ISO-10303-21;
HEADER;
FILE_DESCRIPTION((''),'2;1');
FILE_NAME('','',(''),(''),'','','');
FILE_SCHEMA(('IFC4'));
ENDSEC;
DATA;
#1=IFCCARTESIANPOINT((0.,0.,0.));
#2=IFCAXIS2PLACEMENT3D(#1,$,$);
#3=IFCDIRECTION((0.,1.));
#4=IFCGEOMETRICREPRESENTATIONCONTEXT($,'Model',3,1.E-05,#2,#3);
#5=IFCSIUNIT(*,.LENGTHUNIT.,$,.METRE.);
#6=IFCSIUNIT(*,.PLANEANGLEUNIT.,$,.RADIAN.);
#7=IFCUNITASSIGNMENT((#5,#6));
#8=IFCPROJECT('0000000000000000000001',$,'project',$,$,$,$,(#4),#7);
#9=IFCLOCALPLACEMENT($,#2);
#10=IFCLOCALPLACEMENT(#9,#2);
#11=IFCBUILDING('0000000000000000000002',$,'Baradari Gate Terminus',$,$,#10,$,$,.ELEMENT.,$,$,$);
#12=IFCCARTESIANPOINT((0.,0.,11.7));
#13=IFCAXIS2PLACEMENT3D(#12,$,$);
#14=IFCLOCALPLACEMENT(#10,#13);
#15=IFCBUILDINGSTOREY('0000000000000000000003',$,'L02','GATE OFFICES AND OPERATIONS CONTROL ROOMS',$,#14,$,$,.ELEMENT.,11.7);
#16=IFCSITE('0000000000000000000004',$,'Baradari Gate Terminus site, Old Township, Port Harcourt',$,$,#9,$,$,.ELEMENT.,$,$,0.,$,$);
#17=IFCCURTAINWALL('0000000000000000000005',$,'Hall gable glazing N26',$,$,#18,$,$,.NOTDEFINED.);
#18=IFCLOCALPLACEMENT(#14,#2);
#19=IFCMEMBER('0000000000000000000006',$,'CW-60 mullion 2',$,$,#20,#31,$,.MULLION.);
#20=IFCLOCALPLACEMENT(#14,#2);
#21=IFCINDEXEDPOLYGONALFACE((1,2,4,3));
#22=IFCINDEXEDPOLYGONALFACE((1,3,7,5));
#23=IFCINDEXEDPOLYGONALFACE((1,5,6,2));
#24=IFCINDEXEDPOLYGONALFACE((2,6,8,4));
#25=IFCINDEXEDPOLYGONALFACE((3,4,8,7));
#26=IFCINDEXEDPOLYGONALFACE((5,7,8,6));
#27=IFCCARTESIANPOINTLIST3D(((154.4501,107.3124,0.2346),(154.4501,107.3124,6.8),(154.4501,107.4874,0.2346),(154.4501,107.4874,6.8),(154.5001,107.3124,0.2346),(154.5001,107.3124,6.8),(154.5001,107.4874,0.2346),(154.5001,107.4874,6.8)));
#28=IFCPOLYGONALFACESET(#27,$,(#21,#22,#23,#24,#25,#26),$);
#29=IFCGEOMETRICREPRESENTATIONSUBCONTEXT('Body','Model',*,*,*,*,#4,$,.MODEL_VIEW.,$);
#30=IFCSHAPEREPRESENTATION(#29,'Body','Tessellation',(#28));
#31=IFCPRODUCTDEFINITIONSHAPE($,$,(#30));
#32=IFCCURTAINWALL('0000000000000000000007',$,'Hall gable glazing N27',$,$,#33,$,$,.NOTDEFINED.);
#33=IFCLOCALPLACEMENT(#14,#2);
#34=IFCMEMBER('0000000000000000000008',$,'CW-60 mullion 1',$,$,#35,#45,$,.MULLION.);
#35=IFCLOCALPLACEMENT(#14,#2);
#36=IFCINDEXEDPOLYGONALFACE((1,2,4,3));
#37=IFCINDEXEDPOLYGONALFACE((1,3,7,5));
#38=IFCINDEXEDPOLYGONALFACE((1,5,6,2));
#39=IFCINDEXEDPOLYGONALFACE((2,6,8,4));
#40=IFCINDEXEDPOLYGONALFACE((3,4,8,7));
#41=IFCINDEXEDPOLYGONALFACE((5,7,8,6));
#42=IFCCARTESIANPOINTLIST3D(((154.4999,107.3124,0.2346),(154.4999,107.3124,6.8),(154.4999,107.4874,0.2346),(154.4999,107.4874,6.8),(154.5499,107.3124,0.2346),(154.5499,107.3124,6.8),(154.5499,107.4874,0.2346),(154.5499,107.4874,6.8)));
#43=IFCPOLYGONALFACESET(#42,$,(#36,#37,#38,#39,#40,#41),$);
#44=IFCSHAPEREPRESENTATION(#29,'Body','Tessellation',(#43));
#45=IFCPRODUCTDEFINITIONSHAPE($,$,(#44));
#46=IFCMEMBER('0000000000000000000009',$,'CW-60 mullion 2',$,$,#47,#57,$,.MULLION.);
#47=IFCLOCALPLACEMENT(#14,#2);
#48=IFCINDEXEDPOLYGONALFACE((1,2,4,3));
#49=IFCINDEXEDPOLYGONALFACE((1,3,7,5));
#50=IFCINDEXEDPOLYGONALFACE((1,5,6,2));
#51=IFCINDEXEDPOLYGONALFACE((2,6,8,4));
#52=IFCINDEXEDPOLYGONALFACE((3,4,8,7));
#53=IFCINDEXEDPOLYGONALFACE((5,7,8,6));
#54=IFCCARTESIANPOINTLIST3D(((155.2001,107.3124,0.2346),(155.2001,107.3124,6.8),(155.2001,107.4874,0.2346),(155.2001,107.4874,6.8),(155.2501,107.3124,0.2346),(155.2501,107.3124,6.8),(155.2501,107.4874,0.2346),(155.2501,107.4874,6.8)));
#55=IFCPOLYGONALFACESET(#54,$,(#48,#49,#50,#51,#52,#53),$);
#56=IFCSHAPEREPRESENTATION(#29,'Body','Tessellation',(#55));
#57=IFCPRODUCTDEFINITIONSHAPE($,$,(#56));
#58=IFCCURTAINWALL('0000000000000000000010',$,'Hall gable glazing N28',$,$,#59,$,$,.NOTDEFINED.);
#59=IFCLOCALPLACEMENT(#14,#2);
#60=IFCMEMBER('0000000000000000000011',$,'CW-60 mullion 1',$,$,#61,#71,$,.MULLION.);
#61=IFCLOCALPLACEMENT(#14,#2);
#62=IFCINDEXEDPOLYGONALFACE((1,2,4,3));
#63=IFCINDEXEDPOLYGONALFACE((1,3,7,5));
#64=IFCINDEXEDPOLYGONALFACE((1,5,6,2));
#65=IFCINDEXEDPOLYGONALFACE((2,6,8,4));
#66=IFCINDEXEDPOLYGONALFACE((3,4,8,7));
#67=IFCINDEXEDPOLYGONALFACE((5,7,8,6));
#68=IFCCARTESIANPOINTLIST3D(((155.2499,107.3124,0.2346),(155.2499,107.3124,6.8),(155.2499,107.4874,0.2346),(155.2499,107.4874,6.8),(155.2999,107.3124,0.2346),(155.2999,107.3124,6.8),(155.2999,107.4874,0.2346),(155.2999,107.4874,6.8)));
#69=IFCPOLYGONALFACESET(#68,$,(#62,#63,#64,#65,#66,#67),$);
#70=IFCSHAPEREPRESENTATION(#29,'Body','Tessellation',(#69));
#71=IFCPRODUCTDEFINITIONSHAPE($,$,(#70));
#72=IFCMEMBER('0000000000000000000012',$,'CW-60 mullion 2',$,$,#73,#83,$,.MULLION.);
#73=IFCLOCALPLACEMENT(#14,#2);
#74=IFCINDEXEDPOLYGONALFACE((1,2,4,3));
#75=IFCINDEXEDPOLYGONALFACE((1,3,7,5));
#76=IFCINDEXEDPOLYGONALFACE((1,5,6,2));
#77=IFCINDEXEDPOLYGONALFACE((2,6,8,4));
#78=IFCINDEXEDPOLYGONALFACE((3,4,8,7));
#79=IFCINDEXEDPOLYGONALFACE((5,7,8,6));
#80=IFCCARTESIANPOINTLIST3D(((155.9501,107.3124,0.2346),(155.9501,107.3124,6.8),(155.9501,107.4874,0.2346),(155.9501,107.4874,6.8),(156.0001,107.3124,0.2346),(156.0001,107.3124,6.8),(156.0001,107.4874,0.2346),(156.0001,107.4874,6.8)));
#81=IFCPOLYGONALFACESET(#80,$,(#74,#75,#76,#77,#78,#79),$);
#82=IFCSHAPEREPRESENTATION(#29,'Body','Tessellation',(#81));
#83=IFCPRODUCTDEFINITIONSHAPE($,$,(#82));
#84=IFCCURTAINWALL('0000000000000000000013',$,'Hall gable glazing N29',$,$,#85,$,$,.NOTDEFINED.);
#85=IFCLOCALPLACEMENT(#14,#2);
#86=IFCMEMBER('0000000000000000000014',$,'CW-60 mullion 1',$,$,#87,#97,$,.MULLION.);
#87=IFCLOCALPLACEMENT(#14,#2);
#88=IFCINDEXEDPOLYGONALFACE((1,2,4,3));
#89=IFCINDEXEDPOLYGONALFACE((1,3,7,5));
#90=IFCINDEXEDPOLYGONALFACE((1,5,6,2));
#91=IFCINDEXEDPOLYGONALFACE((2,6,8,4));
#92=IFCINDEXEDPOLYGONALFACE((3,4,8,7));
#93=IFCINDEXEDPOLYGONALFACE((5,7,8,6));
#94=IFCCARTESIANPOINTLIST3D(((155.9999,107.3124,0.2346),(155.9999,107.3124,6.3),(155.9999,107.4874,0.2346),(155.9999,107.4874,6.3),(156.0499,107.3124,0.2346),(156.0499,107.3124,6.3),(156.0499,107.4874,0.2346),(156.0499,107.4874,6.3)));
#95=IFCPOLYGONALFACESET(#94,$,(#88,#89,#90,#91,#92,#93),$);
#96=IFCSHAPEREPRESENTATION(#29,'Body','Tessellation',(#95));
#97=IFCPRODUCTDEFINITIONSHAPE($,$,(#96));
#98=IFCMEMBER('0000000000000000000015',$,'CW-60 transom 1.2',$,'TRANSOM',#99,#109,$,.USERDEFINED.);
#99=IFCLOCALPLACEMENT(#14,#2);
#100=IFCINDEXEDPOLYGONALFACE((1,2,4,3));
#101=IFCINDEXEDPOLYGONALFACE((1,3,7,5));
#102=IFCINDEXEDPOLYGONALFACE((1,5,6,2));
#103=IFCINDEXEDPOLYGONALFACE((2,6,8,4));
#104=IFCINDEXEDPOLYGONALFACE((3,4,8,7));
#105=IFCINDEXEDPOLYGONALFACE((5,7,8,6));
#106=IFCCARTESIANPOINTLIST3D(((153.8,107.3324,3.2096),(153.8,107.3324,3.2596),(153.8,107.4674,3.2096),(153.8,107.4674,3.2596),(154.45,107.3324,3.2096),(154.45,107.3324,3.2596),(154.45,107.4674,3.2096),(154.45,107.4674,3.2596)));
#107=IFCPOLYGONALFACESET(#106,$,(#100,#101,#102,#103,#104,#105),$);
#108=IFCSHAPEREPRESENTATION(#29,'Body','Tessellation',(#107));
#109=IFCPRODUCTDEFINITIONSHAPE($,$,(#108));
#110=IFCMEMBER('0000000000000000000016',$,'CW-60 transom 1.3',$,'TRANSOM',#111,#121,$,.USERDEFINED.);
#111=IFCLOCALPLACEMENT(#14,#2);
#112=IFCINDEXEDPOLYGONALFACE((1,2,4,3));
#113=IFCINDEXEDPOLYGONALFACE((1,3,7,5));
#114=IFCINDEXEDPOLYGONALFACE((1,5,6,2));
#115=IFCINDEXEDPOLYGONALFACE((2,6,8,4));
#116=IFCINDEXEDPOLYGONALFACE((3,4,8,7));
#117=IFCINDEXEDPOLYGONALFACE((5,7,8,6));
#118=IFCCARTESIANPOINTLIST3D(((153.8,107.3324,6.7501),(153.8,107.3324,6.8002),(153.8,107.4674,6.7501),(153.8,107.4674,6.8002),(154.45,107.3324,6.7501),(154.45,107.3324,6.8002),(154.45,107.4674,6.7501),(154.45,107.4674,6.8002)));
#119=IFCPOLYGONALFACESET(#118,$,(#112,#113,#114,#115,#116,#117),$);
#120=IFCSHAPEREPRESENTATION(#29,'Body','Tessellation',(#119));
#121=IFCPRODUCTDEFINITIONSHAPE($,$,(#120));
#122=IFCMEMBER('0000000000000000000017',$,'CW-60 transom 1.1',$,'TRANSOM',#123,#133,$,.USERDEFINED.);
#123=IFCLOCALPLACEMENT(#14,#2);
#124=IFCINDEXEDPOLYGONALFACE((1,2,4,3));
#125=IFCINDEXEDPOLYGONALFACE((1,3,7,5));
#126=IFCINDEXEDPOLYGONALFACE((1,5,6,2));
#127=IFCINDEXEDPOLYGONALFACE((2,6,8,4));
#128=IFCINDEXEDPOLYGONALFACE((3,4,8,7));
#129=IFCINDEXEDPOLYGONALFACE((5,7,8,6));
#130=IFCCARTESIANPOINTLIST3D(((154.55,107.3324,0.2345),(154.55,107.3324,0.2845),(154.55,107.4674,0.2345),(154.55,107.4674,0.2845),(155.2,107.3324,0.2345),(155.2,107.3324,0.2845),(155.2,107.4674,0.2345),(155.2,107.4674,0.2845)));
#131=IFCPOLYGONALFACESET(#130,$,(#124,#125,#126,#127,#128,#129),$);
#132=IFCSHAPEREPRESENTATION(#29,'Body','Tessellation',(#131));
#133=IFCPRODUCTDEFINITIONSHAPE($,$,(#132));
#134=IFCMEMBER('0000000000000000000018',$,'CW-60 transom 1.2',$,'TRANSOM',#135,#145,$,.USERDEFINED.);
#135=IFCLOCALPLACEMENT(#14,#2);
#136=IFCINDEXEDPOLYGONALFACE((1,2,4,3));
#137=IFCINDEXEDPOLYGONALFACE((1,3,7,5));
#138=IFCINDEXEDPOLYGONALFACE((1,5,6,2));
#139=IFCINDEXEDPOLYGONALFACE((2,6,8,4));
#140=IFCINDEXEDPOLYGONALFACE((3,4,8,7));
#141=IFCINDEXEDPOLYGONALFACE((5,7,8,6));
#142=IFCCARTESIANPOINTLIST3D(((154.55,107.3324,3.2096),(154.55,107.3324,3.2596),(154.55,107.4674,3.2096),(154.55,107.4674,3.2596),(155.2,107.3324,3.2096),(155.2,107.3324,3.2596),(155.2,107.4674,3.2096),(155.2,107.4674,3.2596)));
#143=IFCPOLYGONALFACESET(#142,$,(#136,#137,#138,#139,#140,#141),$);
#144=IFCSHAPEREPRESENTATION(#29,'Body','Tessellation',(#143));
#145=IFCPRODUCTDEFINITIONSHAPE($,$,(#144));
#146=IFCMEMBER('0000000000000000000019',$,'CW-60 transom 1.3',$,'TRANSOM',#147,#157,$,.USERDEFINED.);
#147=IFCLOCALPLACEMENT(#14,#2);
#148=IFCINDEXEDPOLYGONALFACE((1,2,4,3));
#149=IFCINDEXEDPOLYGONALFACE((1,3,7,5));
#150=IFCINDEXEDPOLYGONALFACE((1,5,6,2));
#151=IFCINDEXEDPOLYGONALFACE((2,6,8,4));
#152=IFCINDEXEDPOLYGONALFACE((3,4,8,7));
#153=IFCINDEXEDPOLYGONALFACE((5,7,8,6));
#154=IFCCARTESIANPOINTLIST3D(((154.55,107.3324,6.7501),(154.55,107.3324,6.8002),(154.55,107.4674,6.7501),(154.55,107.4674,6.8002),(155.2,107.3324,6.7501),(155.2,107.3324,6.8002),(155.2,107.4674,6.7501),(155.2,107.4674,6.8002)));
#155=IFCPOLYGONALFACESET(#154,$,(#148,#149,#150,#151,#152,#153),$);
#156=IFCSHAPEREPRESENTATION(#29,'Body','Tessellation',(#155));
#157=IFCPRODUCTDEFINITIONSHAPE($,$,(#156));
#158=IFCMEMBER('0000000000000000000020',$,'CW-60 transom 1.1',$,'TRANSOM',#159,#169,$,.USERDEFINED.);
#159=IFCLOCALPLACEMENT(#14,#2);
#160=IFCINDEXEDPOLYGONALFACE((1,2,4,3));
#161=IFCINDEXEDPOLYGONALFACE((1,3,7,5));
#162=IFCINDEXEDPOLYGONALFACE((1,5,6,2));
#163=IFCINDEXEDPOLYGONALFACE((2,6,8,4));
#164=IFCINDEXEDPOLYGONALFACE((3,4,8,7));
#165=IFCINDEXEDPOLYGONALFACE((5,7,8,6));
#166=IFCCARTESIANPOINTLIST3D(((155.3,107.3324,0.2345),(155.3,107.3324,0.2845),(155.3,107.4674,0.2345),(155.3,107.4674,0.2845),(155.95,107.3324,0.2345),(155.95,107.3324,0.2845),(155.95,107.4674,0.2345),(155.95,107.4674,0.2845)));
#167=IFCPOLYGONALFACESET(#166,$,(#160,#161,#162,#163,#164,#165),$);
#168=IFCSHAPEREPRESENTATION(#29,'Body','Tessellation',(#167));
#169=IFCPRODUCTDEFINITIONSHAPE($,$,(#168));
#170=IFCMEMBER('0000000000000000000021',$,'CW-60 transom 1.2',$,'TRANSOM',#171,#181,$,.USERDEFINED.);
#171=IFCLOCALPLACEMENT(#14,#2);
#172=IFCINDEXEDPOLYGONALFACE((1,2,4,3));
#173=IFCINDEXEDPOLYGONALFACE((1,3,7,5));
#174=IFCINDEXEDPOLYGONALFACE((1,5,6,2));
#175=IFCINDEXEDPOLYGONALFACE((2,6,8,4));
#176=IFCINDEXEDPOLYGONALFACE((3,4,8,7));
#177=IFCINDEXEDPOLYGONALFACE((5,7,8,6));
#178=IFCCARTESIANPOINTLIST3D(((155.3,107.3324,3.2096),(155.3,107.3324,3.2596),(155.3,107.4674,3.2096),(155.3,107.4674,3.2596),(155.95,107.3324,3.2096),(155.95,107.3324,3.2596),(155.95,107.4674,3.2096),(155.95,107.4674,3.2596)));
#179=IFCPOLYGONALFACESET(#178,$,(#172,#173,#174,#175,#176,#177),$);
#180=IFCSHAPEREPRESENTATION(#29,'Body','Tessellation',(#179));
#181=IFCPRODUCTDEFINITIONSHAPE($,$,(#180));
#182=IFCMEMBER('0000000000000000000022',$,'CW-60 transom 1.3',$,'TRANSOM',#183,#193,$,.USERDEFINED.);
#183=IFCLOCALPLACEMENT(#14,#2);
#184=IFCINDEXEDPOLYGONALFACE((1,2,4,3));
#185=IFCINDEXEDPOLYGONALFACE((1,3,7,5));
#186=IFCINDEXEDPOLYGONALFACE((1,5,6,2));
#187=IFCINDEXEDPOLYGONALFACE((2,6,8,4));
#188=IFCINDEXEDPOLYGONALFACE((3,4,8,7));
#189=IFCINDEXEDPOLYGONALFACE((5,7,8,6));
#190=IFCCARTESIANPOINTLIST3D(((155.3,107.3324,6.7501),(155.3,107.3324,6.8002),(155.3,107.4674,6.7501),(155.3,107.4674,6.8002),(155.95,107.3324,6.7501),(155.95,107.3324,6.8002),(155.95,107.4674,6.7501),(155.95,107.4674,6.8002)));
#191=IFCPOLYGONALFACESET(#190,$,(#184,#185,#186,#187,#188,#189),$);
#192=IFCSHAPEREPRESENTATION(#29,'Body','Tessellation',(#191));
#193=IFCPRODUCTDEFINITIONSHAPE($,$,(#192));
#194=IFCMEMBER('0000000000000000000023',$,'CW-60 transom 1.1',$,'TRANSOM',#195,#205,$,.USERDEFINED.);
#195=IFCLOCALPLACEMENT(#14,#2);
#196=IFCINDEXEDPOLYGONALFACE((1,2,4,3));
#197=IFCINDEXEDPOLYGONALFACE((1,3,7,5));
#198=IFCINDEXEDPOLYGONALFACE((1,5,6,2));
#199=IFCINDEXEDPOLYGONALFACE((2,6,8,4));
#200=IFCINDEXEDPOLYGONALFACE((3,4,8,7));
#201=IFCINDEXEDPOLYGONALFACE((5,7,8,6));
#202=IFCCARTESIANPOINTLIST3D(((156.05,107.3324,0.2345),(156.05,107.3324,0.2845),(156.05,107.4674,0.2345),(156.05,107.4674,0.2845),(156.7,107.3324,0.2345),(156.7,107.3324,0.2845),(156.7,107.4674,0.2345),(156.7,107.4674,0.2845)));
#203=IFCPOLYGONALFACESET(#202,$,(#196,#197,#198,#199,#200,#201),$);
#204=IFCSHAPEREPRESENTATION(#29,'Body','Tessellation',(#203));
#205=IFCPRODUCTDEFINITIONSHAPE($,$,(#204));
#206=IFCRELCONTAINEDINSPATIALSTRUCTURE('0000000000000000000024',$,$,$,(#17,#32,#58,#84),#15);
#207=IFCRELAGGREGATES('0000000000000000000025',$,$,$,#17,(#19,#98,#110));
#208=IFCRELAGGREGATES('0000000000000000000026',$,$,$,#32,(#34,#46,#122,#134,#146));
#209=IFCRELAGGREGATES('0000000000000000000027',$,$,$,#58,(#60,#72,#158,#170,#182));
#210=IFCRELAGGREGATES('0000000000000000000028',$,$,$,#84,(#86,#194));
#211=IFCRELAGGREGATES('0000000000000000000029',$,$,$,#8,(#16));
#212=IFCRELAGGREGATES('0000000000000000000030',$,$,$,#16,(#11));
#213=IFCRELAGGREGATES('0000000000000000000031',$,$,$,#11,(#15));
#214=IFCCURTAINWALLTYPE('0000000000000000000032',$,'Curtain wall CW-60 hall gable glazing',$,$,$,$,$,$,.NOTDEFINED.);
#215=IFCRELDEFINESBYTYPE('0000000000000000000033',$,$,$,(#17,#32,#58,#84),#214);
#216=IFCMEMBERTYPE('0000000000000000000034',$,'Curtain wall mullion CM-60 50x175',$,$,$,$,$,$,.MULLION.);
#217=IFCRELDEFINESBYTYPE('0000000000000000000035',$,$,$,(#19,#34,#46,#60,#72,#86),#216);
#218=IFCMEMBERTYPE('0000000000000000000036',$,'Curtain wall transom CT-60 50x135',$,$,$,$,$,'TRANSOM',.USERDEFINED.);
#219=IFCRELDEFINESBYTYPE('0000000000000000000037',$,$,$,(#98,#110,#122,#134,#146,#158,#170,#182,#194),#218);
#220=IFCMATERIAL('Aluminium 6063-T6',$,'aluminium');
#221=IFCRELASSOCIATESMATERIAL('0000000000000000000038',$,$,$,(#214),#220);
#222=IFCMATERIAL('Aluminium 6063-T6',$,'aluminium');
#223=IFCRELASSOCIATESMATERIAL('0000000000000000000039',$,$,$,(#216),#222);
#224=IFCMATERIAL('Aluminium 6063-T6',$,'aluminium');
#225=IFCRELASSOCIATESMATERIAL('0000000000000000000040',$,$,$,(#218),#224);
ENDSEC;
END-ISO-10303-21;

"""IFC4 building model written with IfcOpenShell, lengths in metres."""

from ifc_helpers import new_model, si_unit, direction, frame, origin, origin_2d, place, context, subcontext, project, spatial, rectangle, extrude, material, material_profile, profile_set, type_object, element, aggregate, save


model = new_model("IFC4")

# Units and contexts
model_context = context("Model", 3, precision=1e-05, world=origin(), true_north=direction((0.0, 1.0)))
body_context = subcontext(model_context, "Body", "Model", "MODEL_VIEW")
ifc_project = project(units=[si_unit("LENGTHUNIT", "METRE"), si_unit("PLANEANGLEUNIT", "RADIAN")], contexts=[model_context])

# Site, building, storey
site_placement = place(None, origin())
site = spatial("IfcSite", under=ifc_project, at=site_placement, Name="Baradari Gate Terminus site, Old Township, Port Harcourt", CompositionType="ELEMENT", RefElevation=0.0)
building_placement = place(site_placement, origin())
building = spatial("IfcBuilding", under=site, at=building_placement, Name="Baradari Gate Terminus", CompositionType="ELEMENT")
storey_placement = place(building_placement, frame((0.0, 0.0, 11.7)))
storey = spatial("IfcBuildingStorey", under=building, at=storey_placement, Name="L02", Description="GATE OFFICES AND OPERATIONS CONTROL ROOMS", CompositionType="ELEMENT", Elevation=11.7)

# Curtain wall, member
ifc_material_1 = material(Name="Aluminium 6063-T6", Category="aluminium")
curtain_wall_type = type_object("IfcCurtainWallType", Name="Curtain wall CW-60 hall gable glazing", PredefinedType="NOTDEFINED", material=ifc_material_1)
curtain_wall_1_placement = place(storey_placement, origin())
curtain_wall_1 = element("IfcCurtainWall", 1, at=curtain_wall_1_placement, inside=storey, type_object=curtain_wall_type, Name="Hall gable glazing N26", PredefinedType="NOTDEFINED")
ifc_material_2 = material(Name="Aluminium 6063-T6", Category="aluminium")
ifc_material_profile_1 = material_profile(ifc_material_2, rectangle(XDim=0.175, YDim=0.05, at=origin_2d()), Name="CM-60 50X175")
ifc_profile_set_1 = profile_set([ifc_material_profile_1], Name="Aluminium 6063-T6")
member_type_1 = type_object("IfcMemberType", Name="Curtain wall mullion CM-60 50x175", PredefinedType="MULLION", material=ifc_profile_set_1)
member_1_placement = place(storey_placement, frame((154.4751, 107.3999, 0.2346), z_axis=(0.0, 0.0, 1.0), x_axis=(0.0, 1.0, 0.0)))
member_1 = element("IfcMember", 2, at=member_1_placement, type_object=member_type_1, Name="CW-60 mullion 2", PredefinedType="MULLION", context=body_context, shape_type="SweptSolid", body=[
    extrude(rectangle(XDim=0.175, YDim=0.05, at=origin_2d()), origin(), (0.0, 0.0, 1.0), 6.5654),
])

# Curtain walls, members
curtain_wall_2_placement = place(storey_placement, origin())
curtain_wall_2 = element("IfcCurtainWall", 3, at=curtain_wall_2_placement, inside=storey, type_object=curtain_wall_type, Name="Hall gable glazing N27", PredefinedType="NOTDEFINED")
member_2_placement = place(storey_placement, frame((154.5249, 107.3999, 0.2346), z_axis=(0.0, 0.0, 1.0), x_axis=(0.0, 1.0, 0.0)))
member_2 = element("IfcMember", 4, at=member_2_placement, type_object=member_type_1, Name="CW-60 mullion 1", PredefinedType="MULLION", context=body_context, shape_type="SweptSolid", body=[
    extrude(rectangle(XDim=0.175, YDim=0.05, at=origin_2d()), origin(), (0.0, 0.0, 1.0), 6.5654),
])
member_3_placement = place(storey_placement, frame((155.2251, 107.3999, 0.2346), z_axis=(0.0, 0.0, 1.0), x_axis=(0.0, 1.0, 0.0)))
member_3 = element("IfcMember", 5, at=member_3_placement, type_object=member_type_1, Name="CW-60 mullion 2", PredefinedType="MULLION", context=body_context, shape_type="SweptSolid", body=[
    extrude(rectangle(XDim=0.175, YDim=0.05, at=origin_2d()), origin(), (0.0, 0.0, 1.0), 6.5654),
])
curtain_wall_3_placement = place(storey_placement, origin())
curtain_wall_3 = element("IfcCurtainWall", 6, at=curtain_wall_3_placement, inside=storey, type_object=curtain_wall_type, Name="Hall gable glazing N28", PredefinedType="NOTDEFINED")
member_4_placement = place(storey_placement, frame((155.2749, 107.3999, 0.2346), z_axis=(0.0, 0.0, 1.0), x_axis=(0.0, 1.0, 0.0)))
member_4 = element("IfcMember", 7, at=member_4_placement, type_object=member_type_1, Name="CW-60 mullion 1", PredefinedType="MULLION", context=body_context, shape_type="SweptSolid", body=[
    extrude(rectangle(XDim=0.175, YDim=0.05, at=origin_2d()), origin(), (0.0, 0.0, 1.0), 6.5654),
])
member_5_placement = place(storey_placement, frame((155.9751, 107.3999, 0.2346), z_axis=(0.0, 0.0, 1.0), x_axis=(0.0, 1.0, 0.0)))
member_5 = element("IfcMember", 8, at=member_5_placement, type_object=member_type_1, Name="CW-60 mullion 2", PredefinedType="MULLION", context=body_context, shape_type="SweptSolid", body=[
    extrude(rectangle(XDim=0.175, YDim=0.05, at=origin_2d()), origin(), (0.0, 0.0, 1.0), 6.5654),
])

# Curtain wall, member
curtain_wall_4_placement = place(storey_placement, origin())
curtain_wall_4 = element("IfcCurtainWall", 9, at=curtain_wall_4_placement, inside=storey, type_object=curtain_wall_type, Name="Hall gable glazing N29", PredefinedType="NOTDEFINED")
member_6_placement = place(storey_placement, frame((156.0249, 107.3999, 0.2346), z_axis=(0.0, 0.0, 1.0), x_axis=(0.0, 1.0, 0.0)))
member_6 = element("IfcMember", 10, at=member_6_placement, type_object=member_type_1, Name="CW-60 mullion 1", PredefinedType="MULLION", context=body_context, shape_type="SweptSolid", body=[
    extrude(rectangle(XDim=0.175, YDim=0.05, at=origin_2d()), origin(), (0.0, 0.0, 1.0), 6.0654),
])

# Members
ifc_material_3 = material(Name="Aluminium 6063-T6", Category="aluminium")
ifc_material_profile_2 = material_profile(ifc_material_3, rectangle(XDim=0.135, YDim=0.05, at=origin_2d()), Name="CT-60 50X135")
ifc_profile_set_2 = profile_set([ifc_material_profile_2], Name="Aluminium 6063-T6")
member_type_2 = type_object("IfcMemberType", Name="Curtain wall transom CT-60 50x135", ElementType="TRANSOM", PredefinedType="USERDEFINED", material=ifc_profile_set_2)
member_7_placement = place(storey_placement, frame((153.8, 107.3999, 3.2346), z_axis=(1.0, 0.0, 0.0), x_axis=(0.0, 1.0, 0.0)))
member_7 = element("IfcMember", 11, at=member_7_placement, type_object=member_type_2, Name="CW-60 transom 1.2", ObjectType="TRANSOM", PredefinedType="USERDEFINED", context=body_context, shape_type="SweptSolid", body=[
    extrude(rectangle(XDim=0.135, YDim=0.05, at=origin_2d()), origin(), (0.0, 0.0, 1.0), 0.6499),
])
member_8_placement = place(storey_placement, frame((153.8, 107.3999, 6.7751), z_axis=(1.0, 0.0, 0.0), x_axis=(0.0, 1.0, 0.0)))
member_8 = element("IfcMember", 12, at=member_8_placement, type_object=member_type_2, Name="CW-60 transom 1.3", ObjectType="TRANSOM", PredefinedType="USERDEFINED", context=body_context, shape_type="SweptSolid", body=[
    extrude(rectangle(XDim=0.135, YDim=0.05, at=origin_2d()), origin(), (0.0, 0.0, 1.0), 0.6499),
])
member_9_placement = place(storey_placement, frame((154.55, 107.3999, 0.2595), z_axis=(1.0, 0.0, 0.0), x_axis=(0.0, 1.0, 0.0)))
member_9 = element("IfcMember", 13, at=member_9_placement, type_object=member_type_2, Name="CW-60 transom 1.1", ObjectType="TRANSOM", PredefinedType="USERDEFINED", context=body_context, shape_type="SweptSolid", body=[
    extrude(rectangle(XDim=0.135, YDim=0.05, at=origin_2d()), origin(), (0.0, 0.0, 1.0), 0.6499),
])
member_10_placement = place(storey_placement, frame((154.55, 107.3999, 3.2346), z_axis=(1.0, 0.0, 0.0), x_axis=(0.0, 1.0, 0.0)))
member_10 = element("IfcMember", 14, at=member_10_placement, type_object=member_type_2, Name="CW-60 transom 1.2", ObjectType="TRANSOM", PredefinedType="USERDEFINED", context=body_context, shape_type="SweptSolid", body=[
    extrude(rectangle(XDim=0.135, YDim=0.05, at=origin_2d()), origin(), (0.0, 0.0, 1.0), 0.6499),
])
member_11_placement = place(storey_placement, frame((154.55, 107.3999, 6.7751), z_axis=(1.0, 0.0, 0.0), x_axis=(0.0, 1.0, 0.0)))
member_11 = element("IfcMember", 15, at=member_11_placement, type_object=member_type_2, Name="CW-60 transom 1.3", ObjectType="TRANSOM", PredefinedType="USERDEFINED", context=body_context, shape_type="SweptSolid", body=[
    extrude(rectangle(XDim=0.135, YDim=0.05, at=origin_2d()), origin(), (0.0, 0.0, 1.0), 0.6499),
])
member_12_placement = place(storey_placement, frame((155.3, 107.3999, 0.2595), z_axis=(1.0, 0.0, 0.0), x_axis=(0.0, 1.0, 0.0)))
member_12 = element("IfcMember", 16, at=member_12_placement, type_object=member_type_2, Name="CW-60 transom 1.1", ObjectType="TRANSOM", PredefinedType="USERDEFINED", context=body_context, shape_type="SweptSolid", body=[
    extrude(rectangle(XDim=0.135, YDim=0.05, at=origin_2d()), origin(), (0.0, 0.0, 1.0), 0.6499),
])
member_13_placement = place(storey_placement, frame((155.3, 107.3999, 3.2346), z_axis=(1.0, 0.0, 0.0), x_axis=(0.0, 1.0, 0.0)))
member_13 = element("IfcMember", 17, at=member_13_placement, type_object=member_type_2, Name="CW-60 transom 1.2", ObjectType="TRANSOM", PredefinedType="USERDEFINED", context=body_context, shape_type="SweptSolid", body=[
    extrude(rectangle(XDim=0.135, YDim=0.05, at=origin_2d()), origin(), (0.0, 0.0, 1.0), 0.6499),
])
member_14_placement = place(storey_placement, frame((155.3, 107.3999, 6.7751), z_axis=(1.0, 0.0, 0.0), x_axis=(0.0, 1.0, 0.0)))
member_14 = element("IfcMember", 18, at=member_14_placement, type_object=member_type_2, Name="CW-60 transom 1.3", ObjectType="TRANSOM", PredefinedType="USERDEFINED", context=body_context, shape_type="SweptSolid", body=[
    extrude(rectangle(XDim=0.135, YDim=0.05, at=origin_2d()), origin(), (0.0, 0.0, 1.0), 0.6499),
])
member_15_placement = place(storey_placement, frame((156.05, 107.3999, 0.2595), z_axis=(1.0, 0.0, 0.0), x_axis=(0.0, 1.0, 0.0)))
member_15 = element("IfcMember", 19, at=member_15_placement, type_object=member_type_2, Name="CW-60 transom 1.1", ObjectType="TRANSOM", PredefinedType="USERDEFINED", context=body_context, shape_type="SweptSolid", body=[
    extrude(rectangle(XDim=0.135, YDim=0.05, at=origin_2d()), origin(), (0.0, 0.0, 1.0), 0.6499),
])

aggregate(curtain_wall_1, [member_1, member_7, member_8])
aggregate(curtain_wall_2, [member_2, member_3, member_9, member_10, member_11])
aggregate(curtain_wall_3, [member_4, member_5, member_12, member_13, member_14])
aggregate(curtain_wall_4, [member_6, member_15])

save(model, "model.ifc")
